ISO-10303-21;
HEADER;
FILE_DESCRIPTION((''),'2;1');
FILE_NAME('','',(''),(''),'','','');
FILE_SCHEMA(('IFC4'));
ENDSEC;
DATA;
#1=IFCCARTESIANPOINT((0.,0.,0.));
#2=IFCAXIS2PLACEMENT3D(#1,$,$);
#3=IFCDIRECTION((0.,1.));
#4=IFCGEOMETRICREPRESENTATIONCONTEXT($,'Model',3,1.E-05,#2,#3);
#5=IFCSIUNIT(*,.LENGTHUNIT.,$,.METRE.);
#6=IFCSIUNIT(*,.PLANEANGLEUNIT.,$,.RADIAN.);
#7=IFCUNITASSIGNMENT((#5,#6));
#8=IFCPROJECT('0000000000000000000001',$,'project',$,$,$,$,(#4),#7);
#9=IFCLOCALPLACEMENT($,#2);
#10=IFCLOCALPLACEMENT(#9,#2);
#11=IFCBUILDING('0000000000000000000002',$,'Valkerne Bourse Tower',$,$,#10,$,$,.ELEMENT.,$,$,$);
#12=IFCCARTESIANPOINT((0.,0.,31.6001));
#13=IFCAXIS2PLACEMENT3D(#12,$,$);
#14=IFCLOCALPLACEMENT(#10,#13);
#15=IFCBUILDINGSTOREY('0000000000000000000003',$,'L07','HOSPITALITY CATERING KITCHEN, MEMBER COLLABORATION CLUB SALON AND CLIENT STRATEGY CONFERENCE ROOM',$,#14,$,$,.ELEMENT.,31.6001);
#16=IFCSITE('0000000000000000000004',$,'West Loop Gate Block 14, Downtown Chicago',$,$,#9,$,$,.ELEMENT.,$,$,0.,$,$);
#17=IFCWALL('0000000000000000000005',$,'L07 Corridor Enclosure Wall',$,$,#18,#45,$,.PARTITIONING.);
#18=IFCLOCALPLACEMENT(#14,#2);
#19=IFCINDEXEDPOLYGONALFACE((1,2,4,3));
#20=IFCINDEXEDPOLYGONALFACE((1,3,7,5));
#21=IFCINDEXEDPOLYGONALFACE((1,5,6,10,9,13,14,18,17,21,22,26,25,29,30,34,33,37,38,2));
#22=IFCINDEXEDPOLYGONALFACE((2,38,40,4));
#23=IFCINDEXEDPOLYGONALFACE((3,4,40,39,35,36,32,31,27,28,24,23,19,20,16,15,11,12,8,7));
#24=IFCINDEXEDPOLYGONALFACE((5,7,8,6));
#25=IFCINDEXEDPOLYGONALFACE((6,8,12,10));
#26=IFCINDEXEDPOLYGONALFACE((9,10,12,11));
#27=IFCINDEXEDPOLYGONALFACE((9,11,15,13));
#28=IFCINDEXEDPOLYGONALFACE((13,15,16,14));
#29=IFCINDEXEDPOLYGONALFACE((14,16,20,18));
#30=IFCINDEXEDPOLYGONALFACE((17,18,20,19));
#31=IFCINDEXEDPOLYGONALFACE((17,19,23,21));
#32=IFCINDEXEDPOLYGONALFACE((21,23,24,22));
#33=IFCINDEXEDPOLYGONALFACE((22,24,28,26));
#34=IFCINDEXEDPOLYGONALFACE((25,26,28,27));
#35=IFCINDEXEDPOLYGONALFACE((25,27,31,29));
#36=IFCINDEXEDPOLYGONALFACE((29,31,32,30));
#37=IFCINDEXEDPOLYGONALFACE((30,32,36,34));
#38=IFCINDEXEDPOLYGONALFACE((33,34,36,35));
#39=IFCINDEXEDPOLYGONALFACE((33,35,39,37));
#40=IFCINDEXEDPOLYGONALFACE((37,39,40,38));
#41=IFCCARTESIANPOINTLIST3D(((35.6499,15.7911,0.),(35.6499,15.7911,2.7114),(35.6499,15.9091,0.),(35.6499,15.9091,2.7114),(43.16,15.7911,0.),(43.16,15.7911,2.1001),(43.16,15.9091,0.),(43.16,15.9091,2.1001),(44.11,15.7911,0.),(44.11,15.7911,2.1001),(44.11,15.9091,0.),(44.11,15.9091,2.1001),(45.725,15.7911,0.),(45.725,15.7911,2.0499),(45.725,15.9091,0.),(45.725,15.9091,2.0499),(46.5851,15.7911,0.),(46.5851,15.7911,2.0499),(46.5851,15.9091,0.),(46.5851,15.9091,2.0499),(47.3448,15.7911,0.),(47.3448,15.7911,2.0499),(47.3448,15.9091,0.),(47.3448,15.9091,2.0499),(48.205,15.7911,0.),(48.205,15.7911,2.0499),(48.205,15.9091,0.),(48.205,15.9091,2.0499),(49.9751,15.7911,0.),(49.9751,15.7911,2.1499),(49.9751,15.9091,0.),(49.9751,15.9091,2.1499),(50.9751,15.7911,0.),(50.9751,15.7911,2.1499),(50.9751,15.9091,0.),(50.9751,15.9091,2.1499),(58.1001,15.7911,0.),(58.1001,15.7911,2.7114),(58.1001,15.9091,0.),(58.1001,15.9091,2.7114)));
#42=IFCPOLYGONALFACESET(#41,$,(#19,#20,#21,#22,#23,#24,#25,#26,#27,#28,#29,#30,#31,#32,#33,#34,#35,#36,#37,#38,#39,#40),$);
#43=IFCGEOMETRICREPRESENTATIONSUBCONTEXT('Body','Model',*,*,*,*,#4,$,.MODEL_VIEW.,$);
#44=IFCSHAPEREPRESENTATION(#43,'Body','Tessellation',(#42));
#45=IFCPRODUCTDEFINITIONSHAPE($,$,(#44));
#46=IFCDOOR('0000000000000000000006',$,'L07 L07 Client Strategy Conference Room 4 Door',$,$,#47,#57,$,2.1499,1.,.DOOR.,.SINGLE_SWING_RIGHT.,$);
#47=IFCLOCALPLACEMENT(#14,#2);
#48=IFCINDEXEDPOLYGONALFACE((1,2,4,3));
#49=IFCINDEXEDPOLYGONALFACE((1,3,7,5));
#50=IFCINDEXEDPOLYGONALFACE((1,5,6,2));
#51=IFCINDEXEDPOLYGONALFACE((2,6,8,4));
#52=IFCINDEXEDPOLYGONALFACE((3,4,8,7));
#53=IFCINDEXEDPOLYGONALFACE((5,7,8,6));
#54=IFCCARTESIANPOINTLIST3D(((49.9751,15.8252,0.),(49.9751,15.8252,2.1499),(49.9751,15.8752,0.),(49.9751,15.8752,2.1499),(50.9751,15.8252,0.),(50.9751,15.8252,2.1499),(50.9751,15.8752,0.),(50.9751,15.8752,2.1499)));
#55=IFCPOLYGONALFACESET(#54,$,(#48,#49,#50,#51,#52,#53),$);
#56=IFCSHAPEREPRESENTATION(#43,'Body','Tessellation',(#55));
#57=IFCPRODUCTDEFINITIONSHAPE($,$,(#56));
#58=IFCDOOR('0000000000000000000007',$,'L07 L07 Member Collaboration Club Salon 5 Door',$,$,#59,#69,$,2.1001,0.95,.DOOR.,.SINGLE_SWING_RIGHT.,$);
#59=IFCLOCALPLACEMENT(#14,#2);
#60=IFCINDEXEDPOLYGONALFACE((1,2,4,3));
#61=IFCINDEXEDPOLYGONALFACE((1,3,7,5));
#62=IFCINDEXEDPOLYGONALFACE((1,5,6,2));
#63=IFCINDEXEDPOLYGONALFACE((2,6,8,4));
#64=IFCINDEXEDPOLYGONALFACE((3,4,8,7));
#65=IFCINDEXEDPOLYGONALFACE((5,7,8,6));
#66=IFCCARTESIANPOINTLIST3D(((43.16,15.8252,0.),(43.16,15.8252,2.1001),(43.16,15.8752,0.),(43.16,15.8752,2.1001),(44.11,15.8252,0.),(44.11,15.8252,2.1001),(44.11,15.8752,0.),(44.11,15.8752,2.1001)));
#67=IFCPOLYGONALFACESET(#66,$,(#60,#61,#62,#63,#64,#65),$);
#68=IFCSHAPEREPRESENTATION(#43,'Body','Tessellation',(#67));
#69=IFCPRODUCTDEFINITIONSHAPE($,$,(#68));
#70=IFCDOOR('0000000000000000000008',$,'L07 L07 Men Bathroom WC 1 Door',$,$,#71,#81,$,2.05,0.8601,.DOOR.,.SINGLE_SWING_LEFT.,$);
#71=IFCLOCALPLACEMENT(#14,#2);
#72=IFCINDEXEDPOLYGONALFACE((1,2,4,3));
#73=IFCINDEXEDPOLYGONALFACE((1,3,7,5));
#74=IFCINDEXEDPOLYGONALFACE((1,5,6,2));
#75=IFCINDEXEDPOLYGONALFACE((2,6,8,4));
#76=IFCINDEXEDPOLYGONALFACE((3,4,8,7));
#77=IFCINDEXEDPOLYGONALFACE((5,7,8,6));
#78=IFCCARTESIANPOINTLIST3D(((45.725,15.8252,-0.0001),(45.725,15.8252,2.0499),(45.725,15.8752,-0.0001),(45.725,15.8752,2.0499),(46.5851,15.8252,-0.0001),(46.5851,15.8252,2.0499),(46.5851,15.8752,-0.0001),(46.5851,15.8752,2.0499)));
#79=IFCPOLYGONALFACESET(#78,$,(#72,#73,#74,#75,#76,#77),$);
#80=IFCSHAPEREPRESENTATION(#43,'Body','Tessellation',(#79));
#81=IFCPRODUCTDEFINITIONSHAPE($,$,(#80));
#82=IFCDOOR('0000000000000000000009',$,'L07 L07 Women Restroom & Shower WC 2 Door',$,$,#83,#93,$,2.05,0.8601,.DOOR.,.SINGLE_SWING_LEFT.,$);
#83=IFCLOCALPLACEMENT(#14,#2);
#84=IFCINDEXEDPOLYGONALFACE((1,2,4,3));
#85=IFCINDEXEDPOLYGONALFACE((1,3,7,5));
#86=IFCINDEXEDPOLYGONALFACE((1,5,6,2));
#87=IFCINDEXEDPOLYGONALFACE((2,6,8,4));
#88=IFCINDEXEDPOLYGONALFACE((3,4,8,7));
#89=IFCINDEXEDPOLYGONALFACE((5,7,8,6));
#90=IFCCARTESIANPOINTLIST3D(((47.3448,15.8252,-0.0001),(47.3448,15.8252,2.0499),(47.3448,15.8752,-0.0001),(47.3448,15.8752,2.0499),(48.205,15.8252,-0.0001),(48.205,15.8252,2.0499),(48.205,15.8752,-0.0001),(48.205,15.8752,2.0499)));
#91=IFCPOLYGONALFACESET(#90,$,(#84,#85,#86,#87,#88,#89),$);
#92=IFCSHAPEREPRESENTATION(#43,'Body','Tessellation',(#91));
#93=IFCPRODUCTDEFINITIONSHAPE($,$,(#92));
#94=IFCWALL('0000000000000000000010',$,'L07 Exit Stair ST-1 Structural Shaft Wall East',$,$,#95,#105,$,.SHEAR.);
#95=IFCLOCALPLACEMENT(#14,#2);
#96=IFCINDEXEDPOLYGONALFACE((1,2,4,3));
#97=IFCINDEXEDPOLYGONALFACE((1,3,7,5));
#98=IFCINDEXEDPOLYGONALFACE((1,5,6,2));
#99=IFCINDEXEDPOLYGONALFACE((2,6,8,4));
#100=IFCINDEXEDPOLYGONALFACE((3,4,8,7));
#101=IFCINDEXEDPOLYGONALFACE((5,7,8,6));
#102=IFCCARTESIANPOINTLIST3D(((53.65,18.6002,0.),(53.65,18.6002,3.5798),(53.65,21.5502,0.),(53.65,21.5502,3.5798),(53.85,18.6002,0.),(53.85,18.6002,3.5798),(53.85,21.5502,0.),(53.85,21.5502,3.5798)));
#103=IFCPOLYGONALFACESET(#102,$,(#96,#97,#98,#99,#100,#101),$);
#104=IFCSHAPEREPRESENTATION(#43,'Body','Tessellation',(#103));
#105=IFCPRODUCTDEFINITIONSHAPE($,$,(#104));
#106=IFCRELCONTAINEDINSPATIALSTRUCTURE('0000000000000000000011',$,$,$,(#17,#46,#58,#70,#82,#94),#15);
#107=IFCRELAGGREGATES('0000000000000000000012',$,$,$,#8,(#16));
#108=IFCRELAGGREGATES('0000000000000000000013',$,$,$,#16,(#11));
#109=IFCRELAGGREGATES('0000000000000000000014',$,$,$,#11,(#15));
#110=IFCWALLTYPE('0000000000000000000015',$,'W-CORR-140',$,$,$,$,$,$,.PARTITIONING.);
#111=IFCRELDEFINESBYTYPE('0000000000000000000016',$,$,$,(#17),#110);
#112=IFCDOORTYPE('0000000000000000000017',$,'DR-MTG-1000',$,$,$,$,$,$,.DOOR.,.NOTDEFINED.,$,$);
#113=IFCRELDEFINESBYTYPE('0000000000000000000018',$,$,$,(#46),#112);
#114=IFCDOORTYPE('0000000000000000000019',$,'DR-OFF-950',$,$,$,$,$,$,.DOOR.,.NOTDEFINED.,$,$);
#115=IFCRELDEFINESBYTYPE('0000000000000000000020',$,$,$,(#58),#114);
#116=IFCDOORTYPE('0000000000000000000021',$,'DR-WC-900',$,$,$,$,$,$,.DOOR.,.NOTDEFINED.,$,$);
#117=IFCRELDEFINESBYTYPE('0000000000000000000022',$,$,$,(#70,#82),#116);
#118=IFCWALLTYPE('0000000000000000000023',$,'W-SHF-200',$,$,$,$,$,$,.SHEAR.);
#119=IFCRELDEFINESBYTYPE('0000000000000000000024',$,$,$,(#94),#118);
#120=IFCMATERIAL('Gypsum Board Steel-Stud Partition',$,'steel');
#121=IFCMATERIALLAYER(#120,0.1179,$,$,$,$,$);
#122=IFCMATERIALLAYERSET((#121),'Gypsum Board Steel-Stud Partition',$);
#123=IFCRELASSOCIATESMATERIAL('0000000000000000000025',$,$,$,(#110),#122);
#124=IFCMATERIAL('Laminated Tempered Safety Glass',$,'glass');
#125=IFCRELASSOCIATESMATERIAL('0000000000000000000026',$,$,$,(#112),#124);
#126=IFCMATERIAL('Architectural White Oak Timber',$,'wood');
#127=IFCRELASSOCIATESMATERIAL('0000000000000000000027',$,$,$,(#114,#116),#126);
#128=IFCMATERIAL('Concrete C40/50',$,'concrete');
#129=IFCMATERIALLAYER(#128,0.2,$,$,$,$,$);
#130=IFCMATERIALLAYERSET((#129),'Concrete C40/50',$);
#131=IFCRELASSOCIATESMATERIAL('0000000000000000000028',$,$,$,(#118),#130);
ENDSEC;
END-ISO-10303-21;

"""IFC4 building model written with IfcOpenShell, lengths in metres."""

from ifc_helpers import new_model, si_unit, direction, frame, frame_2d, origin, place, context, subcontext, project, spatial, rectangle, extrude, material, layer, layer_set, type_object, element, fill, save


model = new_model("IFC4")

# Units and contexts
model_context = context("Model", 3, precision=1e-05, world=origin(), true_north=direction((0.0, 1.0)))
body_context = subcontext(model_context, "Body", "Model", "MODEL_VIEW")
ifc_project = project(units=[si_unit("LENGTHUNIT", "METRE"), si_unit("PLANEANGLEUNIT", "RADIAN")], contexts=[model_context])

# Site, building, storey
site_placement = place(None, origin())
site = spatial("IfcSite", under=ifc_project, at=site_placement, Name="West Loop Gate Block 14, Downtown Chicago", CompositionType="ELEMENT", RefElevation=0.0)
building_placement = place(site_placement, origin())
building = spatial("IfcBuilding", under=site, at=building_placement, Name="Valkerne Bourse Tower", CompositionType="ELEMENT")
storey_placement = place(building_placement, frame((0.0, 0.0, 31.6001)))
storey = spatial("IfcBuildingStorey", under=building, at=storey_placement, Name="L07", Description="HOSPITALITY CATERING KITCHEN, MEMBER COLLABORATION CLUB SALON AND CLIENT STRATEGY CONFERENCE ROOM", CompositionType="ELEMENT", Elevation=31.6001)

# Wall, openings, doors
ifc_material_1 = material(Name="Gypsum Board Steel-Stud Partition", Category="steel")
ifc_layer_1 = layer(ifc_material_1, 0.1179)
ifc_layer_set_1 = layer_set([ifc_layer_1], Name="Gypsum Board Steel-Stud Partition")
wall_type_1 = type_object("IfcWallType", Name="W-CORR-140", PredefinedType="PARTITIONING", material=ifc_layer_set_1)
wall_1_placement = place(storey_placement, frame((58.1001, 15.8501, 0.0), z_axis=(0.0, 0.0, 1.0), x_axis=(-1.0, 0.0, 0.0)))
wall_1 = element("IfcWall", 1, at=wall_1_placement, inside=storey, type_object=wall_type_1, Name="L07 Corridor Enclosure Wall", PredefinedType="PARTITIONING", context=body_context, shape_type="SweptSolid", body=[
    extrude(rectangle(XDim=22.4502, YDim=0.1179, at=frame_2d((11.2251, 0.0))), origin(), (0.0, 0.0, 1.0), 2.7114),
])
opening_1_placement = place(wall_1_placement, frame((11.5149, 0.0, 0.0)))
opening_1 = element("IfcOpeningElement", 2, at=opening_1_placement, cuts=wall_1, PredefinedType="OPENING", context=body_context, shape_type="SweptSolid", body=[
    extrude(rectangle(XDim=0.8601, YDim=2.05, at=frame_2d((0.4302, 1.0249))), frame((0.0, 0.0688, 0.0), z_axis=(0.0, -1.0, 0.0), x_axis=(1.0, 0.0, 0.0)), (0.0, 0.0, 1.0), 0.1379),
])
opening_2_placement = place(wall_1_placement, frame((9.895, 0.0, 0.0)))
opening_2 = element("IfcOpeningElement", 3, at=opening_2_placement, cuts=wall_1, PredefinedType="OPENING", context=body_context, shape_type="SweptSolid", body=[
    extrude(rectangle(XDim=0.8601, YDim=2.05, at=frame_2d((0.4302, 1.0249))), frame((0.0, 0.0688, 0.0), z_axis=(0.0, -1.0, 0.0), x_axis=(1.0, 0.0, 0.0)), (0.0, 0.0, 1.0), 0.1379),
])
opening_3_placement = place(wall_1_placement, frame((7.125, 0.0, 0.0)))
opening_3 = element("IfcOpeningElement", 4, at=opening_3_placement, cuts=wall_1, PredefinedType="OPENING", context=body_context, shape_type="SweptSolid", body=[
    extrude(rectangle(XDim=1.0, YDim=2.1499, at=frame_2d((0.5, 1.075))), frame((0.0, 0.0688, 0.0), z_axis=(0.0, -1.0, 0.0), x_axis=(1.0, 0.0, 0.0)), (0.0, 0.0, 1.0), 0.1379),
])
opening_4_placement = place(wall_1_placement, frame((13.99, 0.0, 0.0)))
opening_4 = element("IfcOpeningElement", 5, at=opening_4_placement, cuts=wall_1, PredefinedType="OPENING", context=body_context, shape_type="SweptSolid", body=[
    extrude(rectangle(XDim=0.95, YDim=2.1001, at=frame_2d((0.4751, 1.05))), frame((0.0, 0.0688, 0.0), z_axis=(0.0, -1.0, 0.0), x_axis=(1.0, 0.0, 0.0)), (0.0, 0.0, 1.0), 0.1379),
])
ifc_material_2 = material(Name="Laminated Tempered Safety Glass", Category="glass")
door_type_1 = type_object("IfcDoorType", Name="DR-MTG-1000", OperationType="NOTDEFINED", PredefinedType="DOOR", material=ifc_material_2)
door_1_placement = place(opening_3_placement, origin())
door_1 = element("IfcDoor", 6, at=door_1_placement, inside=storey, type_object=door_type_1, Name="L07 L07 Client Strategy Conference Room 4 Door", OperationType="SINGLE_SWING_RIGHT", OverallHeight=2.1499, OverallWidth=1.0, PredefinedType="DOOR", context=body_context, shape_type="SweptSolid", body=[
    extrude(rectangle(XDim=1.0, YDim=2.1499, at=frame_2d((0.5, 1.075))), frame((0.0, 0.0249, 0.0), z_axis=(0.0, -1.0, 0.0), x_axis=(1.0, 0.0, 0.0)), (0.0, 0.0, 1.0), 0.05),
])
fill(opening_3, door_1)
ifc_material_3 = material(Name="Architectural White Oak Timber", Category="wood")
door_type_2 = type_object("IfcDoorType", Name="DR-OFF-950", OperationType="NOTDEFINED", PredefinedType="DOOR", material=ifc_material_3)
door_2_placement = place(opening_4_placement, origin())
door_2 = element("IfcDoor", 7, at=door_2_placement, inside=storey, type_object=door_type_2, Name="L07 L07 Member Collaboration Club Salon 5 Door", OperationType="SINGLE_SWING_RIGHT", OverallHeight=2.1001, OverallWidth=0.95, PredefinedType="DOOR", context=body_context, shape_type="SweptSolid", body=[
    extrude(rectangle(XDim=0.95, YDim=2.1001, at=frame_2d((0.4751, 1.05))), frame((0.0, 0.0249, 0.0), z_axis=(0.0, -1.0, 0.0), x_axis=(1.0, 0.0, 0.0)), (0.0, 0.0, 1.0), 0.05),
])
fill(opening_4, door_2)
door_type_3 = type_object("IfcDoorType", Name="DR-WC-900", OperationType="NOTDEFINED", PredefinedType="DOOR", material=ifc_material_3)
door_3_placement = place(opening_1_placement, origin())
door_3 = element("IfcDoor", 8, at=door_3_placement, inside=storey, type_object=door_type_3, Name="L07 L07 Men Bathroom WC 1 Door", OperationType="SINGLE_SWING_LEFT", OverallHeight=2.05, OverallWidth=0.8601, PredefinedType="DOOR", context=body_context, shape_type="SweptSolid", body=[
    extrude(rectangle(XDim=0.8601, YDim=2.05, at=frame_2d((0.4302, 1.0249))), frame((0.0, 0.0249, 0.0), z_axis=(0.0, -1.0, 0.0), x_axis=(1.0, 0.0, 0.0)), (0.0, 0.0, 1.0), 0.05),
])
fill(opening_1, door_3)
door_4_placement = place(opening_2_placement, origin())
door_4 = element("IfcDoor", 9, at=door_4_placement, inside=storey, type_object=door_type_3, Name="L07 L07 Women Restroom & Shower WC 2 Door", OperationType="SINGLE_SWING_LEFT", OverallHeight=2.05, OverallWidth=0.8601, PredefinedType="DOOR", context=body_context, shape_type="SweptSolid", body=[
    extrude(rectangle(XDim=0.8601, YDim=2.05, at=frame_2d((0.4302, 1.0249))), frame((0.0, 0.0249, 0.0), z_axis=(0.0, -1.0, 0.0), x_axis=(1.0, 0.0, 0.0)), (0.0, 0.0, 1.0), 0.05),
])
fill(opening_2, door_4)

# Wall
ifc_material_4 = material(Name="Concrete C40/50", Category="concrete")
ifc_layer_2 = layer(ifc_material_4, 0.2)
ifc_layer_set_2 = layer_set([ifc_layer_2], Name="Concrete C40/50")
wall_type_2 = type_object("IfcWallType", Name="W-SHF-200", PredefinedType="SHEAR", material=ifc_layer_set_2)
wall_2_placement = place(storey_placement, frame((53.75, 18.6001, 0.0), z_axis=(0.0, 0.0, 1.0), x_axis=(0.0, 1.0, 0.0)))
element("IfcWall", 10, at=wall_2_placement, inside=storey, type_object=wall_type_2, Name="L07 Exit Stair ST-1 Structural Shaft Wall East", PredefinedType="SHEAR", context=body_context, shape_type="SweptSolid", body=[
    extrude(rectangle(XDim=2.95, YDim=0.2, at=frame_2d((1.4751, 0.0))), origin(), (0.0, 0.0, 1.0), 3.5798),
])

save(model, "model.ifc")
